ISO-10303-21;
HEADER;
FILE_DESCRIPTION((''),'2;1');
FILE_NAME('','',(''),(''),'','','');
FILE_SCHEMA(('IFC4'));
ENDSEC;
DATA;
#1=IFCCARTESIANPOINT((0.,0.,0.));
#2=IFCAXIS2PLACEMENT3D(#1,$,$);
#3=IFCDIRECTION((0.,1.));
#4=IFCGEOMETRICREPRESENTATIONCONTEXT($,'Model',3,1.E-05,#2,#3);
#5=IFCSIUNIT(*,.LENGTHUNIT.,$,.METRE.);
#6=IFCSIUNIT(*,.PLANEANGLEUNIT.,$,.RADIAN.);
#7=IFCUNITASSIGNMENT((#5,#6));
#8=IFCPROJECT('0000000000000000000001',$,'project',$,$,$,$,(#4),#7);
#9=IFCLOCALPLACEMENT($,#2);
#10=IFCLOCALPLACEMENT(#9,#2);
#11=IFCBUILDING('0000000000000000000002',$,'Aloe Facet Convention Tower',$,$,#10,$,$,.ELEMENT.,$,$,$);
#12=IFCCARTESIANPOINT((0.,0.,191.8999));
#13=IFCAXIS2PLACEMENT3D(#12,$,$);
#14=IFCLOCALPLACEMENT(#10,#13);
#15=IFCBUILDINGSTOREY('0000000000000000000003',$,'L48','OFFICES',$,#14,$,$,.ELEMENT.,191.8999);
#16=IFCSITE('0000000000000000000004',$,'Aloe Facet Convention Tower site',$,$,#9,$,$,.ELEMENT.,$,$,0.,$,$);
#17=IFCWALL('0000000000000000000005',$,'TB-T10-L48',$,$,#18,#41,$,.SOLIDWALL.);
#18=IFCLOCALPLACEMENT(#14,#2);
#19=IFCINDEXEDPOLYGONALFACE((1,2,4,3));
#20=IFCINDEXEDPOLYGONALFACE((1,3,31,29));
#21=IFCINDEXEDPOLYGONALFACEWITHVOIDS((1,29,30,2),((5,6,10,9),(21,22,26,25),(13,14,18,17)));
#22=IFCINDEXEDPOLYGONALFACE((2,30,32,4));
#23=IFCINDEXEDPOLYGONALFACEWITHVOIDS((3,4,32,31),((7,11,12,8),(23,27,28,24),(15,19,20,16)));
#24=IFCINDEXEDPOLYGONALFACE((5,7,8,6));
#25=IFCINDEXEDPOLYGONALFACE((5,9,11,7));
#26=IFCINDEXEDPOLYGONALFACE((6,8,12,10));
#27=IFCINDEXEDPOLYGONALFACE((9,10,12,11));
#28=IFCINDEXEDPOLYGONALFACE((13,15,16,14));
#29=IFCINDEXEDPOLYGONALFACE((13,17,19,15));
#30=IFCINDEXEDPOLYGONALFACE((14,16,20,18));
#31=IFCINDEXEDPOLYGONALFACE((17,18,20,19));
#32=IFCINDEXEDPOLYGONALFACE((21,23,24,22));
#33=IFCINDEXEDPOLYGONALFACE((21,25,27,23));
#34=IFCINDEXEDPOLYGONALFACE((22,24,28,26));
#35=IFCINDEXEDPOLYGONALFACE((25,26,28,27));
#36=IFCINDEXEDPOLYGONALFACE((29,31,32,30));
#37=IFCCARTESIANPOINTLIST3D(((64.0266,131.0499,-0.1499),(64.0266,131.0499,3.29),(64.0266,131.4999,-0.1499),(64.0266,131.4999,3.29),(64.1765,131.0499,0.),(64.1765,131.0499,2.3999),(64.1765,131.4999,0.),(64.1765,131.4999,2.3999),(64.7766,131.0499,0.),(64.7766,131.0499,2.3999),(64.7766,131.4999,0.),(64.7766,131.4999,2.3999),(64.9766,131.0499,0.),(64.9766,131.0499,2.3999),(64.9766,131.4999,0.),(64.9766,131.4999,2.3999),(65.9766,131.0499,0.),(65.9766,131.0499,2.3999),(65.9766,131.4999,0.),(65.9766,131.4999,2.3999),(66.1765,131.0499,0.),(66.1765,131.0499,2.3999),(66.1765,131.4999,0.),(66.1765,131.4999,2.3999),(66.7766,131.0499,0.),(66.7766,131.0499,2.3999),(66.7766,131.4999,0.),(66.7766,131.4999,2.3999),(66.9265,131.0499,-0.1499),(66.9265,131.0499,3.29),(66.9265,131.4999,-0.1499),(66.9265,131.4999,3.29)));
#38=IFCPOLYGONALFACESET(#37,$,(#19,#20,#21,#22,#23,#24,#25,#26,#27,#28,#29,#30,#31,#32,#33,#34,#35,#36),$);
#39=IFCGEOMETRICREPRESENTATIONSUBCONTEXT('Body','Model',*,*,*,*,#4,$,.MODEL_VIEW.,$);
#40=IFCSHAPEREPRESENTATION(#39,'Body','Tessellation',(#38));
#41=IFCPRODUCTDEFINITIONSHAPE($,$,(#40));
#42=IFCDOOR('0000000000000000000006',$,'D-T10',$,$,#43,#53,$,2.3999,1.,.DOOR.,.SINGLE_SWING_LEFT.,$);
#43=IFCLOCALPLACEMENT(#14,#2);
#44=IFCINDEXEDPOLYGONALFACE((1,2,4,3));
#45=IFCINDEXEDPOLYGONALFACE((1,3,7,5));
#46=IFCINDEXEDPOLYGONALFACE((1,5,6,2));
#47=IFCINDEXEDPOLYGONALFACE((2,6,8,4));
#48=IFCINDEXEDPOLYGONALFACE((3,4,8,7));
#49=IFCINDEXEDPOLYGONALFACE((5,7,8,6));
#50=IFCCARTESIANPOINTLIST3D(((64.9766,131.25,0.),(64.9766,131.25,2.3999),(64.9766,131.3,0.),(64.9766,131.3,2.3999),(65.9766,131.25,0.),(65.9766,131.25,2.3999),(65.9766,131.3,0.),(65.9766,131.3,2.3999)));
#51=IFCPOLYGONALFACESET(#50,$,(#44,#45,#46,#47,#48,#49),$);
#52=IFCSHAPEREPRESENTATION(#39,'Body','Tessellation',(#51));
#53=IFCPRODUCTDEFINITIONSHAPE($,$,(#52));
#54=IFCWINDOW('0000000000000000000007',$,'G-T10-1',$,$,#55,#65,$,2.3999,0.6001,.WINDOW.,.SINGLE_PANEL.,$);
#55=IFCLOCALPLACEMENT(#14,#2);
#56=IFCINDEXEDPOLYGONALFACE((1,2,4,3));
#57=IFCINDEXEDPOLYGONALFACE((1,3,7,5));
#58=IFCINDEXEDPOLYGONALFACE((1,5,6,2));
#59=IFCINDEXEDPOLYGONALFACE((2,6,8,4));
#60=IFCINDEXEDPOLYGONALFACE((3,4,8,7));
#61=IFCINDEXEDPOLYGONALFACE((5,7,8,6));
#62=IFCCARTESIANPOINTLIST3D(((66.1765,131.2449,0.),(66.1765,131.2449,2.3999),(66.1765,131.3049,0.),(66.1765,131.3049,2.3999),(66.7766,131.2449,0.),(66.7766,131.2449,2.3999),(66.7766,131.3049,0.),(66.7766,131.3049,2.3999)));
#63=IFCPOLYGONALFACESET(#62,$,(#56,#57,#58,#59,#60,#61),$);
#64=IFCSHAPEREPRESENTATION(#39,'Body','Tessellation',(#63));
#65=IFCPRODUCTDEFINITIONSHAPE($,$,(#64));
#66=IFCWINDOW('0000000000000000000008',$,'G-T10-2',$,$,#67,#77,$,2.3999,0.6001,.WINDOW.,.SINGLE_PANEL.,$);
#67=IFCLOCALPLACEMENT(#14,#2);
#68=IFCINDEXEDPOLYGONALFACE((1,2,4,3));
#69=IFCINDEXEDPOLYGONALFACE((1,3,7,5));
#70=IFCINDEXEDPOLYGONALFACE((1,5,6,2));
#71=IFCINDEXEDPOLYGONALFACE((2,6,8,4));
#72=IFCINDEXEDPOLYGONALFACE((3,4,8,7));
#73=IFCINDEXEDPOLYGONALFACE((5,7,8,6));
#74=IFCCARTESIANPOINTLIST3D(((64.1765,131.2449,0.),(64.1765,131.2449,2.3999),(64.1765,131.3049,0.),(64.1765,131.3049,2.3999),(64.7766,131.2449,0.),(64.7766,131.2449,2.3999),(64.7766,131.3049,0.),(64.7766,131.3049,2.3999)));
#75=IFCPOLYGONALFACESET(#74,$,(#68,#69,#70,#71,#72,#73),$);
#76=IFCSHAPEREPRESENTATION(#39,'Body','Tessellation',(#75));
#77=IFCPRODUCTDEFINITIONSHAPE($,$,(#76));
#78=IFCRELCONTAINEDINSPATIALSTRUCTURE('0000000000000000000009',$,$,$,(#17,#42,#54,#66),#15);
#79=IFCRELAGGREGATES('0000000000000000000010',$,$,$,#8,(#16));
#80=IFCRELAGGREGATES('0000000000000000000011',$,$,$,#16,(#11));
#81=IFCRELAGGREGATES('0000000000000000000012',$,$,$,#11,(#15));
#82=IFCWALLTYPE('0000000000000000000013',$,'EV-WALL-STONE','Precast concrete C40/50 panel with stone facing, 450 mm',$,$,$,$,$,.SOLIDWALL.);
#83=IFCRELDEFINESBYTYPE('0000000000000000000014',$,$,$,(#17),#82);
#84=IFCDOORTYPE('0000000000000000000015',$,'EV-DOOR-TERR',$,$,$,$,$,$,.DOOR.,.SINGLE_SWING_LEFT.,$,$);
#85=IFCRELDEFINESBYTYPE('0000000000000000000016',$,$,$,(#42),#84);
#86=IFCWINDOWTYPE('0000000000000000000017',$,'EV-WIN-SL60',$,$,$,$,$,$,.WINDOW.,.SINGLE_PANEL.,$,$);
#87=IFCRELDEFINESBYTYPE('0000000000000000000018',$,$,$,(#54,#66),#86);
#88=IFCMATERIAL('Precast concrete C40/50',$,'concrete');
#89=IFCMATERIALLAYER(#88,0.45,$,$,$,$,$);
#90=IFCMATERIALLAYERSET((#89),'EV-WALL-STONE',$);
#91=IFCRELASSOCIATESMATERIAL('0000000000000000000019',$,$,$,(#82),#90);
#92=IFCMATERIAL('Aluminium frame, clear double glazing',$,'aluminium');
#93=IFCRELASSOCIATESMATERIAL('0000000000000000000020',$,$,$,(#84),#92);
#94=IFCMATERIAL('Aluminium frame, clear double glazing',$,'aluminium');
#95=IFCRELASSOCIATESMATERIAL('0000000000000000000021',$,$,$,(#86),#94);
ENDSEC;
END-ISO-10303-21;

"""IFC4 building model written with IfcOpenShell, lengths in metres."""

from ifc_helpers import new_model, si_unit, direction, frame, frame_2d, origin, place, context, subcontext, project, spatial, rectangle, extrude, material, layer, layer_set, type_object, element, fill, save


model = new_model("IFC4")

# Units and contexts
model_context = context("Model", 3, precision=1e-05, world=origin(), true_north=direction((0.0, 1.0)))
body_context = subcontext(model_context, "Body", "Model", "MODEL_VIEW")
ifc_project = project(units=[si_unit("LENGTHUNIT", "METRE"), si_unit("PLANEANGLEUNIT", "RADIAN")], contexts=[model_context])

# Site, building, storey
site_placement = place(None, origin())
site = spatial("IfcSite", under=ifc_project, at=site_placement, Name="Aloe Facet Convention Tower site", CompositionType="ELEMENT", RefElevation=0.0)
building_placement = place(site_placement, origin())
building = spatial("IfcBuilding", under=site, at=building_placement, Name="Aloe Facet Convention Tower", CompositionType="ELEMENT")
storey_placement = place(building_placement, frame((0.0, 0.0, 191.8999)))
storey = spatial("IfcBuildingStorey", under=building, at=storey_placement, Name="L48", Description="OFFICES", CompositionType="ELEMENT", Elevation=191.8999)

# Shared definitions
ifc_material_1 = material(Name="Precast concrete C40/50", Category="concrete")
ifc_layer = layer(ifc_material_1, 0.45)
ifc_layer_set = layer_set([ifc_layer], Name="EV-WALL-STONE")
wall_type = type_object("IfcWallType", Name="EV-WALL-STONE", Description="Precast concrete C40/50 panel with stone facing, 450 mm", PredefinedType="SOLIDWALL", material=ifc_layer_set)

# Wall, openings, door, windows
wall_1_placement = place(storey_placement, frame((66.9265, 131.2749, -0.1499), z_axis=(0.0, 0.0, 1.0), x_axis=(-1.0, 0.0, 0.0)))
wall_1 = element("IfcWall", 1, at=wall_1_placement, inside=storey, type_object=wall_type, Name="TB-T10-L48", PredefinedType="SOLIDWALL", context=body_context, shape_type="SweptSolid", body=[
    extrude(rectangle(XDim=2.8999, YDim=0.45, at=frame_2d((1.45, 0.0))), origin(), (0.0, 0.0, 1.0), 3.4399),
])
opening_1_placement = place(wall_1_placement, frame((0.95, 0.0, 0.1499)))
opening_1 = element("IfcOpeningElement", 2, at=opening_1_placement, cuts=wall_1, PredefinedType="OPENING", context=body_context, shape_type="SweptSolid", body=[
    extrude(rectangle(XDim=1.0, YDim=2.3999, at=frame_2d((0.5, 1.2))), frame((0.0, 0.2349, 0.0), z_axis=(0.0, -1.0, 0.0), x_axis=(1.0, 0.0, 0.0)), (0.0, 0.0, 1.0), 0.47),
])
opening_2_placement = place(wall_1_placement, frame((0.1499, 0.0, 0.1499)))
opening_2 = element("IfcOpeningElement", 3, at=opening_2_placement, cuts=wall_1, PredefinedType="OPENING", context=body_context, shape_type="SweptSolid", body=[
    extrude(rectangle(XDim=0.6001, YDim=2.3999, at=frame_2d((0.3, 1.2))), frame((0.0, 0.2349, 0.0), z_axis=(0.0, -1.0, 0.0), x_axis=(1.0, 0.0, 0.0)), (0.0, 0.0, 1.0), 0.47),
])
opening_3_placement = place(wall_1_placement, frame((2.1499, 0.0, 0.1499)))
opening_3 = element("IfcOpeningElement", 4, at=opening_3_placement, cuts=wall_1, PredefinedType="OPENING", context=body_context, shape_type="SweptSolid", body=[
    extrude(rectangle(XDim=0.6001, YDim=2.3999, at=frame_2d((0.3, 1.2))), frame((0.0, 0.2349, 0.0), z_axis=(0.0, -1.0, 0.0), x_axis=(1.0, 0.0, 0.0)), (0.0, 0.0, 1.0), 0.47),
])
ifc_material_2 = material(Name="Aluminium frame, clear double glazing", Category="aluminium")
door_type = type_object("IfcDoorType", Name="EV-DOOR-TERR", OperationType="SINGLE_SWING_LEFT", PredefinedType="DOOR", material=ifc_material_2)
door_placement = place(opening_1_placement, origin())
door = element("IfcDoor", 5, at=door_placement, inside=storey, type_object=door_type, Name="D-T10", OperationType="SINGLE_SWING_LEFT", OverallHeight=2.3999, OverallWidth=1.0, PredefinedType="DOOR", context=body_context, shape_type="SweptSolid", body=[
    extrude(rectangle(XDim=1.0, YDim=2.3999, at=frame_2d((0.5, 1.2))), frame((0.0, 0.0249, 0.0), z_axis=(0.0, -1.0, 0.0), x_axis=(1.0, 0.0, 0.0)), (0.0, 0.0, 1.0), 0.05),
])
fill(opening_1, door)
ifc_material_3 = material(Name="Aluminium frame, clear double glazing", Category="aluminium")
window_type_1 = type_object("IfcWindowType", Name="EV-WIN-SL60", PartitioningType="SINGLE_PANEL", PredefinedType="WINDOW", material=ifc_material_3)
window_1_placement = place(opening_2_placement, origin())
window_1 = element("IfcWindow", 6, at=window_1_placement, inside=storey, type_object=window_type_1, Name="G-T10-1", OverallHeight=2.3999, OverallWidth=0.6001, PartitioningType="SINGLE_PANEL", PredefinedType="WINDOW", context=body_context, shape_type="SweptSolid", body=[
    extrude(rectangle(XDim=0.6001, YDim=2.3999, at=frame_2d((0.3, 1.2))), frame((0.0, 0.03, 0.0), z_axis=(0.0, -1.0, 0.0), x_axis=(1.0, 0.0, 0.0)), (0.0, 0.0, 1.0), 0.0601),
])
fill(opening_2, window_1)
window_2_placement = place(opening_3_placement, origin())
window_2 = element("IfcWindow", 7, at=window_2_placement, inside=storey, type_object=window_type_1, Name="G-T10-2", OverallHeight=2.3999, OverallWidth=0.6001, PartitioningType="SINGLE_PANEL", PredefinedType="WINDOW", context=body_context, shape_type="SweptSolid", body=[
    extrude(rectangle(XDim=0.6001, YDim=2.3999, at=frame_2d((0.3, 1.2))), frame((0.0, 0.03, 0.0), z_axis=(0.0, -1.0, 0.0), x_axis=(1.0, 0.0, 0.0)), (0.0, 0.0, 1.0), 0.0601),
])
fill(opening_3, window_2)

save(model, "model.ifc")
